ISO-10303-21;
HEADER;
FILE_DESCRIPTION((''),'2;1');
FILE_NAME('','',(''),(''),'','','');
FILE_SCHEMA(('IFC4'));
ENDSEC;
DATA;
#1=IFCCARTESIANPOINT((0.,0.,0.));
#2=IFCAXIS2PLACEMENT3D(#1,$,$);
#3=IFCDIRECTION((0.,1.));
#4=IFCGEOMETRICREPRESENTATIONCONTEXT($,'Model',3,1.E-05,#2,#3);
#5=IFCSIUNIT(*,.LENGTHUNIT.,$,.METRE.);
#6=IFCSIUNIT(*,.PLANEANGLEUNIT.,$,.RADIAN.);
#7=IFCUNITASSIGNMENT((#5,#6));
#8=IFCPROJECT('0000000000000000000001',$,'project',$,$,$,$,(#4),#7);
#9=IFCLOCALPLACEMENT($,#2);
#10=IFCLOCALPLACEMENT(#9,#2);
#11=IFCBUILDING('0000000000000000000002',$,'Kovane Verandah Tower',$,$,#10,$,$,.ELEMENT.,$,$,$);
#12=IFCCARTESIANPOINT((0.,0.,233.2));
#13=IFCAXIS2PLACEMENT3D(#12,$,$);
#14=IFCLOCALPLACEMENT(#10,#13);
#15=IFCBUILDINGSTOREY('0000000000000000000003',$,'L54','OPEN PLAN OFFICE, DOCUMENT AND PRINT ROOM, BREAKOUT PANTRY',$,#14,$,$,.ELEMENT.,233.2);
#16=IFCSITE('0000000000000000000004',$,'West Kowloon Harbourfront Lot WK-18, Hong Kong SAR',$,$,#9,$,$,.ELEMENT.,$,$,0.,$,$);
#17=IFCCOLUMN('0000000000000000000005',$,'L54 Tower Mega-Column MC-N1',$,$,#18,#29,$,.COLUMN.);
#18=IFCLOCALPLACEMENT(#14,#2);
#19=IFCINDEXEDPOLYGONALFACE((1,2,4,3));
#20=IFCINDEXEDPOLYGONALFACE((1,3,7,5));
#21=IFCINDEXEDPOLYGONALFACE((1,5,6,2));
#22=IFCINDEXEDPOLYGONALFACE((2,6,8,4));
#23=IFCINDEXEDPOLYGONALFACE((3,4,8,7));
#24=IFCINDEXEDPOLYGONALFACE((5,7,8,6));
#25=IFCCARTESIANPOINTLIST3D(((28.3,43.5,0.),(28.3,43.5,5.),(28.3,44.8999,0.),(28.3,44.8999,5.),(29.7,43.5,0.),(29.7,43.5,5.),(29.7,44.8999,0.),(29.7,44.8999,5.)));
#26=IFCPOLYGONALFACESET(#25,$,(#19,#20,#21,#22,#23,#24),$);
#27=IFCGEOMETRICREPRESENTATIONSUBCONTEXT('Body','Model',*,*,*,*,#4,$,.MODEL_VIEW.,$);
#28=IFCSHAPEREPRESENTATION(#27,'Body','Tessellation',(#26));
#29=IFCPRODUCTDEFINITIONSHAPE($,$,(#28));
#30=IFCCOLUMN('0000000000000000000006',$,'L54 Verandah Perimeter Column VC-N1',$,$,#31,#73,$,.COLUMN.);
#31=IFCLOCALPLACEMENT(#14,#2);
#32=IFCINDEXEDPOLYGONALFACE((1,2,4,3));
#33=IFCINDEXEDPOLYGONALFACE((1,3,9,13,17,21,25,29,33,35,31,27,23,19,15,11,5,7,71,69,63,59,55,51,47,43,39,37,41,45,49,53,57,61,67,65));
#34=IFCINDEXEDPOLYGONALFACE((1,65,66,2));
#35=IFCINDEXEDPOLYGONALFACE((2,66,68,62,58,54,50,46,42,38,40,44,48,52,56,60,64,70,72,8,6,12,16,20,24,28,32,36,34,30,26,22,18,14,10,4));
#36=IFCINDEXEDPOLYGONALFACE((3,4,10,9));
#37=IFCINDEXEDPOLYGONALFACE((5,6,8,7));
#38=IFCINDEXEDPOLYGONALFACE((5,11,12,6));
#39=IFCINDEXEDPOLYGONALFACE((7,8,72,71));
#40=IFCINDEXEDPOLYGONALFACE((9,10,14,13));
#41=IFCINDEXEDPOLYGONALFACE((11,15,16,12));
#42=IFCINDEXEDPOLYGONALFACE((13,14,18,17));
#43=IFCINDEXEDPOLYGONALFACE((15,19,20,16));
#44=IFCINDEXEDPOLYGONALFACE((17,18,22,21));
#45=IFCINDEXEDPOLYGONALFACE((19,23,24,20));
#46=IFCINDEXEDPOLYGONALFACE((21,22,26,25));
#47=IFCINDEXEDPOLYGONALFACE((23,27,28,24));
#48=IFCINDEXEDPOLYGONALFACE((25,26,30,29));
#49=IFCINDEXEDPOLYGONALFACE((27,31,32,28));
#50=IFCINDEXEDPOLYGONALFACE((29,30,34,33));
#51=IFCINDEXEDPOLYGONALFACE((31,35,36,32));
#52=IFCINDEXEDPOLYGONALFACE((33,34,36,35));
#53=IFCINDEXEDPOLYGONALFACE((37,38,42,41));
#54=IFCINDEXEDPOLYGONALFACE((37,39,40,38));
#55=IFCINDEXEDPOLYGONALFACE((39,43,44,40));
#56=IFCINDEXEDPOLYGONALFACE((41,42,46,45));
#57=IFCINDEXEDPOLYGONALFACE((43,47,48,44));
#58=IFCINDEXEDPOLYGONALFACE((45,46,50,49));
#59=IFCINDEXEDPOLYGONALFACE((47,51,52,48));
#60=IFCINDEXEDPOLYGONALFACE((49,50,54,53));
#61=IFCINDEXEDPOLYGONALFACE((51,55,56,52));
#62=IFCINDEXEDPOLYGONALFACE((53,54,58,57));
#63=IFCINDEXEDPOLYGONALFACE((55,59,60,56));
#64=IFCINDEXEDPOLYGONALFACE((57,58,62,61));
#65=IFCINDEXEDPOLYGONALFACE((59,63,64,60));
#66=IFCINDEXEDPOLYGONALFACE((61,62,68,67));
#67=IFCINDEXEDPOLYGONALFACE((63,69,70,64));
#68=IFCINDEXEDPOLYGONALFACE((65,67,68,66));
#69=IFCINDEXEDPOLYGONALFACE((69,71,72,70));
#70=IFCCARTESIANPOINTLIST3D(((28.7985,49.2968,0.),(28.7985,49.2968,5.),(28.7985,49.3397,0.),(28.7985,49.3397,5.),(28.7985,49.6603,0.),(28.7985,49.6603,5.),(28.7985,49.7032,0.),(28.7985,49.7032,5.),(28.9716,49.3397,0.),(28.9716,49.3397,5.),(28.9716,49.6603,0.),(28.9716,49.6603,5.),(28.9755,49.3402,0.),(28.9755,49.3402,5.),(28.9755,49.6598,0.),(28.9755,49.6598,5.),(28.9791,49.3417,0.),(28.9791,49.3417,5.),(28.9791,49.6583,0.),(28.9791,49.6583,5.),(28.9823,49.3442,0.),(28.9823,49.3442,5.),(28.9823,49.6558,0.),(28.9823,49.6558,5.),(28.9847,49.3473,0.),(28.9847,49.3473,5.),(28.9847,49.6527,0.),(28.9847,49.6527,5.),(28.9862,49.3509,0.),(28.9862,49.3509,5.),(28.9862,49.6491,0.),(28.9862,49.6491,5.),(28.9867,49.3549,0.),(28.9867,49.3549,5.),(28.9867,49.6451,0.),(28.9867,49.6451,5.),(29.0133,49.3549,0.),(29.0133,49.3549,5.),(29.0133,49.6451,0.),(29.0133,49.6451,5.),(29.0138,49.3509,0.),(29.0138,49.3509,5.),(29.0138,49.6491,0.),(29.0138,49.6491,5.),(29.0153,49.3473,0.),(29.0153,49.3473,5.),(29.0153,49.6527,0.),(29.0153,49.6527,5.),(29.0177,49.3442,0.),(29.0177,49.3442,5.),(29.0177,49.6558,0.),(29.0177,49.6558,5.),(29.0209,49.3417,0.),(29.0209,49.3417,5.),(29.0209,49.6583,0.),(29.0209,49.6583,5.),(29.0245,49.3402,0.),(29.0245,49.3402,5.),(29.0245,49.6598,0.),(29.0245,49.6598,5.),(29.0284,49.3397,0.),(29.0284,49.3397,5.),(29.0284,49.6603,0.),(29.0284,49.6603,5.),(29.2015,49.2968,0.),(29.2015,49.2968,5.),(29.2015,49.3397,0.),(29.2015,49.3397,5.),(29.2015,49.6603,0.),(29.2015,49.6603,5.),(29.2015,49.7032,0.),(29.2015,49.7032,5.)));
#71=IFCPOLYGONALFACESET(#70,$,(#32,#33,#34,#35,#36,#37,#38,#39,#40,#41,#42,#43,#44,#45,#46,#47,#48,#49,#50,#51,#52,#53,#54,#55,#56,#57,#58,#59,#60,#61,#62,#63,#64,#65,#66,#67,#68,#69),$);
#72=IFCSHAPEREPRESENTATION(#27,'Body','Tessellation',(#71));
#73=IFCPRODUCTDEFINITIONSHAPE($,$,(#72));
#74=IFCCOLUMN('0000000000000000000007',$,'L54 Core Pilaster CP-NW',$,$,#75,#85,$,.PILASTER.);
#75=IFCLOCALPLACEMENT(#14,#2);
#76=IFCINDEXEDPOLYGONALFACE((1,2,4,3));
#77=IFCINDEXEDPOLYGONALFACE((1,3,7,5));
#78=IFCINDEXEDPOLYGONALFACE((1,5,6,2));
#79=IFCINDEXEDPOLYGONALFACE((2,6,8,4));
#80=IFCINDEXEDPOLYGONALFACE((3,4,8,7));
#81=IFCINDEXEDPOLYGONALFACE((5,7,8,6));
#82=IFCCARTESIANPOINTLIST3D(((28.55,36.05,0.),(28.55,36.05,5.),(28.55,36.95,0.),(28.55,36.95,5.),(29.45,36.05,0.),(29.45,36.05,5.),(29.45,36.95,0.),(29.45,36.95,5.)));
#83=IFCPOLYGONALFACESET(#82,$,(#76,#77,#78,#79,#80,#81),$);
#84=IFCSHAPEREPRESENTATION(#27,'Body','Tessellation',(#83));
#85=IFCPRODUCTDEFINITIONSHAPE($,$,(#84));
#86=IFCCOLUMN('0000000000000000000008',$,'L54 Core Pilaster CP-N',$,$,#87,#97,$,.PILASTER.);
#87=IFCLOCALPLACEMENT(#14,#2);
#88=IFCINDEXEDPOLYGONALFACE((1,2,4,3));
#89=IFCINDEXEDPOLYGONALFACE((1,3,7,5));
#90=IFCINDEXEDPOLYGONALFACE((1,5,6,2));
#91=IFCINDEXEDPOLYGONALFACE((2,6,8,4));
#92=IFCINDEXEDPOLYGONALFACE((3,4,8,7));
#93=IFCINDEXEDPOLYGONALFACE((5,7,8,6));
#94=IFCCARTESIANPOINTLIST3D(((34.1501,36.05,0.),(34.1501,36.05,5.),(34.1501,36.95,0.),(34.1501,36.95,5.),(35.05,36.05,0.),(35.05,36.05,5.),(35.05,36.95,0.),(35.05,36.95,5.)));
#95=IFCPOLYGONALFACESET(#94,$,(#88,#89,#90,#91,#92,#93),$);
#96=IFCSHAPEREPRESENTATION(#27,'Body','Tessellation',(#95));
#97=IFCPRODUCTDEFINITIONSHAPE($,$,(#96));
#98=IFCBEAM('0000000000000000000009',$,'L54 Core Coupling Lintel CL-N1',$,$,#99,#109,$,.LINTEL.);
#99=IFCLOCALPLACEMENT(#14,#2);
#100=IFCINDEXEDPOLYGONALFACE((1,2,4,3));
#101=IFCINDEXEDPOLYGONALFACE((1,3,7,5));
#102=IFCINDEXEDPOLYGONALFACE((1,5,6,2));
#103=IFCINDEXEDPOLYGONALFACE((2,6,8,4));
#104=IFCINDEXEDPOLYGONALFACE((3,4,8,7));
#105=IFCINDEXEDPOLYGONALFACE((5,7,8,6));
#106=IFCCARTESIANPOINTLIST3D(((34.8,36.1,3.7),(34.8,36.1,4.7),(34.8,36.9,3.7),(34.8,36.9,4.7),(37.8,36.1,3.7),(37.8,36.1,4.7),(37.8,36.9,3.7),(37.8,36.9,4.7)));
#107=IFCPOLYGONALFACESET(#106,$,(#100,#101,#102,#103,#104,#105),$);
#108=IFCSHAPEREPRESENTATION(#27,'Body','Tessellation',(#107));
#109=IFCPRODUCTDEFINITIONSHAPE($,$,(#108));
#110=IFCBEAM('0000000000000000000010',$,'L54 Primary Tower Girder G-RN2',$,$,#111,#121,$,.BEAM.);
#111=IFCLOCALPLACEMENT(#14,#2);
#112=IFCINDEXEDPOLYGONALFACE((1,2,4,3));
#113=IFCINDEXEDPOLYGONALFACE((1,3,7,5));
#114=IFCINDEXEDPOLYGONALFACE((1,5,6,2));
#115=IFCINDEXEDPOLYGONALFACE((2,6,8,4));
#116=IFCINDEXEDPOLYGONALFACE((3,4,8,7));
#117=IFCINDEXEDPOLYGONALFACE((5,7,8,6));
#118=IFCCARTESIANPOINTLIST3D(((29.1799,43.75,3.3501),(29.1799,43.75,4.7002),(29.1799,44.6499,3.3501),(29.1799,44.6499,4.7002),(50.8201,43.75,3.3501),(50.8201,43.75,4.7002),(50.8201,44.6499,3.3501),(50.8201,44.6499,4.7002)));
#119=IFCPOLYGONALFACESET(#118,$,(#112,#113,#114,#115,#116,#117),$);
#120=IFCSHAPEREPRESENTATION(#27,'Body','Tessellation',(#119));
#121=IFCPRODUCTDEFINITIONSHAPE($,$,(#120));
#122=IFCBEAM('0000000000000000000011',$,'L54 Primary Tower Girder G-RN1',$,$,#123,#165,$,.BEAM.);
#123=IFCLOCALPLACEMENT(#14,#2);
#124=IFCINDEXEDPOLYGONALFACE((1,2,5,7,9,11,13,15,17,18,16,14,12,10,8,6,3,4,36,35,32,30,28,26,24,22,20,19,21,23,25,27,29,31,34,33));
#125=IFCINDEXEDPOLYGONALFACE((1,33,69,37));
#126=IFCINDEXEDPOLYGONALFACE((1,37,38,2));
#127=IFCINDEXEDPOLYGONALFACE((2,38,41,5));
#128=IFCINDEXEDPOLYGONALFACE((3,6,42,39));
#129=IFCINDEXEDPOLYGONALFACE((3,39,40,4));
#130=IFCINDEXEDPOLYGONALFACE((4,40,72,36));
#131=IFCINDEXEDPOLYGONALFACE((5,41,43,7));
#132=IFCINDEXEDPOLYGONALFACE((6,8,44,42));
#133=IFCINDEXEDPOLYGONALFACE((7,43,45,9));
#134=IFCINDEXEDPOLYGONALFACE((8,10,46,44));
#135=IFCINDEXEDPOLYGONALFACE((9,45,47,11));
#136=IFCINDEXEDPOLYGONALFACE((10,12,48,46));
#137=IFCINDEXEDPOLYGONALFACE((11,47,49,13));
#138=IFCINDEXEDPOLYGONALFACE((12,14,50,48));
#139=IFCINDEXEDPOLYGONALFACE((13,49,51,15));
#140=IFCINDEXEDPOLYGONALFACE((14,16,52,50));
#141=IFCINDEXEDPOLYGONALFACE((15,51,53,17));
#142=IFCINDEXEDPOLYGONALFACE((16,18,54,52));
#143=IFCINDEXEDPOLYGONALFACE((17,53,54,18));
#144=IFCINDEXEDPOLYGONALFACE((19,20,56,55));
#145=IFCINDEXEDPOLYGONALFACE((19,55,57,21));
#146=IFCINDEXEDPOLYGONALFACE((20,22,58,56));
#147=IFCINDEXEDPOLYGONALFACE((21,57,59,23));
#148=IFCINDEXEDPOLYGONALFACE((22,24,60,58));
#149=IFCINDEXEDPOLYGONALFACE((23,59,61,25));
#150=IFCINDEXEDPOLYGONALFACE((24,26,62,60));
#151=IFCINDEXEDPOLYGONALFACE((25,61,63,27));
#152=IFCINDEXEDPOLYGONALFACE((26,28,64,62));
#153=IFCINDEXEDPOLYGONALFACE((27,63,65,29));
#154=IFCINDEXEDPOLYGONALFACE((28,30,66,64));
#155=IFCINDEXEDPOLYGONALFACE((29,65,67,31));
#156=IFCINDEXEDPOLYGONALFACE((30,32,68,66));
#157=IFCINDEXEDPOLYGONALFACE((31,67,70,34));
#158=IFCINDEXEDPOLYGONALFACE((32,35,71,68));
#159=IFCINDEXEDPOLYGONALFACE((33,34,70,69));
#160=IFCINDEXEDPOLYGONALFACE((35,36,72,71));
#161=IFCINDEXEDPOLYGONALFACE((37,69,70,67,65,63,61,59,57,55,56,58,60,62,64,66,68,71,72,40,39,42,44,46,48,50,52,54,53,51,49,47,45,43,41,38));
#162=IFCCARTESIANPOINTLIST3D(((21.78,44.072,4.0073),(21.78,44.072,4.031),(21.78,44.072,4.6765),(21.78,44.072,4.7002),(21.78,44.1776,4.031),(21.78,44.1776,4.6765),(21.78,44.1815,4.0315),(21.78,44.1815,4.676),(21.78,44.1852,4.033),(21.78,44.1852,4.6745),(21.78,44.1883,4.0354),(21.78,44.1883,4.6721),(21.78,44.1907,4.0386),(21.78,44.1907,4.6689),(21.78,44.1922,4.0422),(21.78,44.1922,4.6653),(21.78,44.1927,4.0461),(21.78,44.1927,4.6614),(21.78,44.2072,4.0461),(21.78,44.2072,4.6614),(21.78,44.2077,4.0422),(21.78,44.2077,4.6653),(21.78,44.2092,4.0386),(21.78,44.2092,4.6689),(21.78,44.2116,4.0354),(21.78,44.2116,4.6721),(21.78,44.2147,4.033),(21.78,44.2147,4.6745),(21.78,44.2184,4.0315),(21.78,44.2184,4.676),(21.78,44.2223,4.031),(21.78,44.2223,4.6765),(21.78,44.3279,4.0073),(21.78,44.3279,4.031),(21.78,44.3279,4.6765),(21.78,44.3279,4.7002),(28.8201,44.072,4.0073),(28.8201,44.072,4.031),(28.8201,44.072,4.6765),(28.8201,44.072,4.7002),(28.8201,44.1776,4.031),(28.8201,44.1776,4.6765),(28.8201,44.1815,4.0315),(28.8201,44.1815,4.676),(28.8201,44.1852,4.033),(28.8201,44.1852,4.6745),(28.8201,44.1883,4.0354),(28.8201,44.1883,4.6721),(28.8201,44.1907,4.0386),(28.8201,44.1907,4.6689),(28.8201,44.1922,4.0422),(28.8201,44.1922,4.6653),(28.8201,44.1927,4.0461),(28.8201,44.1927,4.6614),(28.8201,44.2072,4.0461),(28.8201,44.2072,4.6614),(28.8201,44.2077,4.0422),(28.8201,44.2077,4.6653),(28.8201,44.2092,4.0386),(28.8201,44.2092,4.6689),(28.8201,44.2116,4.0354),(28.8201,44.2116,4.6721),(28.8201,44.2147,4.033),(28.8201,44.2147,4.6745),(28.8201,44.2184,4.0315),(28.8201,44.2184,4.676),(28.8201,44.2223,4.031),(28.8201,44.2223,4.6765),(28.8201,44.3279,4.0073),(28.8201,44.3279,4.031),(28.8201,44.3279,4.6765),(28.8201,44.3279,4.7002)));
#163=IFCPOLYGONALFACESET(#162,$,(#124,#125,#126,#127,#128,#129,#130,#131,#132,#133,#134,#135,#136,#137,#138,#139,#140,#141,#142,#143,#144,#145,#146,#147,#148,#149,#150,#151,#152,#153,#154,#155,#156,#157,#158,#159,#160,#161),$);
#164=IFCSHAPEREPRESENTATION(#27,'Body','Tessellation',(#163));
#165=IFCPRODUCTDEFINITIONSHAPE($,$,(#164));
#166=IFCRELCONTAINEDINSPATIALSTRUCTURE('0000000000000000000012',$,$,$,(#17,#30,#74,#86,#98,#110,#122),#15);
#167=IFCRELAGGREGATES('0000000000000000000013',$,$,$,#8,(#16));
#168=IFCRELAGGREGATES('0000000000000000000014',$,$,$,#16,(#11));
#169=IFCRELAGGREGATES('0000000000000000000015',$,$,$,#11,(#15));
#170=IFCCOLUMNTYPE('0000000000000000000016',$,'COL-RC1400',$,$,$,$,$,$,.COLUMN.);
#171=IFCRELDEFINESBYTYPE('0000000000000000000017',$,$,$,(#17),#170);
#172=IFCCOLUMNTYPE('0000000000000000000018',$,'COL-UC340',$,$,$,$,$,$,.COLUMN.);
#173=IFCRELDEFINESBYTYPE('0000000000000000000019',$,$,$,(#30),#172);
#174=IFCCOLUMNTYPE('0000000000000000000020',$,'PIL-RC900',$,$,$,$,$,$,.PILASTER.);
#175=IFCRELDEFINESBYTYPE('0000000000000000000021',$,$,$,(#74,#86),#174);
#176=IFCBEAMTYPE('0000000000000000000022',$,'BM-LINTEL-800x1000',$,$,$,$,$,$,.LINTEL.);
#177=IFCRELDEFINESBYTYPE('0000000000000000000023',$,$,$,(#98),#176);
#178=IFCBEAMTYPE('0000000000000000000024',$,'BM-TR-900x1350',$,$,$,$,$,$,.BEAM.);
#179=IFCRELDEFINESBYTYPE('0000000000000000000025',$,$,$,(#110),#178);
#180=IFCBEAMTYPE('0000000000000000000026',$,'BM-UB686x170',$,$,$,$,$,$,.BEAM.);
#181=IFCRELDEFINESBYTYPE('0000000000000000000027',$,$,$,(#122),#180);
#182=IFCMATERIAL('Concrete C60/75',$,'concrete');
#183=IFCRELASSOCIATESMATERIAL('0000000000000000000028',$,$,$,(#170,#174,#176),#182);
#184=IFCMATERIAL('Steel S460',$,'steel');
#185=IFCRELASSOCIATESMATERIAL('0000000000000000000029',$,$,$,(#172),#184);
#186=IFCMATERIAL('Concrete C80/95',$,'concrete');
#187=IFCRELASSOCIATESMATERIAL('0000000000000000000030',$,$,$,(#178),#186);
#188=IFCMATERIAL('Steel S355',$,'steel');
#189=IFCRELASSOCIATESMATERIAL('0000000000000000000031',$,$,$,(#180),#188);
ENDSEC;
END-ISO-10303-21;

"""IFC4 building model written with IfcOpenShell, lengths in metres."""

from ifc_helpers import new_model, si_unit, direction, frame, origin, origin_2d, place, context, subcontext, project, spatial, rectangle, i_section, extrude, material, material_profile, profile_set, type_object, element, save


model = new_model("IFC4")

# Units and contexts
model_context = context("Model", 3, precision=1e-05, world=origin(), true_north=direction((0.0, 1.0)))
body_context = subcontext(model_context, "Body", "Model", "MODEL_VIEW")
ifc_project = project(units=[si_unit("LENGTHUNIT", "METRE"), si_unit("PLANEANGLEUNIT", "RADIAN")], contexts=[model_context])

# Site, building, storey
site_placement = place(None, origin())
site = spatial("IfcSite", under=ifc_project, at=site_placement, Name="West Kowloon Harbourfront Lot WK-18, Hong Kong SAR", CompositionType="ELEMENT", RefElevation=0.0)
building_placement = place(site_placement, origin())
building = spatial("IfcBuilding", under=site, at=building_placement, Name="Kovane Verandah Tower", CompositionType="ELEMENT")
storey_placement = place(building_placement, frame((0.0, 0.0, 233.2)))
storey = spatial("IfcBuildingStorey", under=building, at=storey_placement, Name="L54", Description="OPEN PLAN OFFICE, DOCUMENT AND PRINT ROOM, BREAKOUT PANTRY", CompositionType="ELEMENT", Elevation=233.2)

# Columns
ifc_material_1 = material(Name="Concrete C60/75", Category="concrete")
ifc_material_profile_1 = material_profile(ifc_material_1, rectangle(XDim=1.3999, YDim=1.3999, at=origin_2d()), Name="RC1400x1400")
ifc_profile_set_1 = profile_set([ifc_material_profile_1], Name="Concrete C60/75")
column_type_1 = type_object("IfcColumnType", Name="COL-RC1400", PredefinedType="COLUMN", material=ifc_profile_set_1)
column_1_placement = place(storey_placement, frame((29.0, 44.2, 0.0), z_axis=(0.0, 0.0, 1.0), x_axis=(1.0, 0.0, 0.0)))
element("IfcColumn", 1, at=column_1_placement, inside=storey, type_object=column_type_1, Name="L54 Tower Mega-Column MC-N1", PredefinedType="COLUMN", context=body_context, shape_type="SweptSolid", body=[
    extrude(rectangle(XDim=1.3999, YDim=1.3999, at=origin_2d()), origin(), (0.0, 0.0, 1.0), 5.0),
])
ifc_material_2 = material(Name="Steel S460", Category="steel")
ifc_material_profile_2 = material_profile(ifc_material_2, i_section(OverallWidth=0.4031, OverallDepth=0.4065, WebThickness=0.0266, FlangeThickness=0.043, FilletRadius=0.0151, at=origin_2d()), Name="UC356x406x340")
ifc_profile_set_2 = profile_set([ifc_material_profile_2], Name="Steel S460")
column_type_2 = type_object("IfcColumnType", Name="COL-UC340", PredefinedType="COLUMN", material=ifc_profile_set_2)
column_2_placement = place(storey_placement, frame((29.0, 49.5, 0.0), z_axis=(0.0, 0.0, 1.0), x_axis=(1.0, 0.0, 0.0)))
element("IfcColumn", 2, at=column_2_placement, inside=storey, type_object=column_type_2, Name="L54 Verandah Perimeter Column VC-N1", PredefinedType="COLUMN", context=body_context, shape_type="SweptSolid", body=[
    extrude(i_section(OverallWidth=0.4031, OverallDepth=0.4065, WebThickness=0.0266, FlangeThickness=0.043, FilletRadius=0.0151, at=origin_2d()), origin(), (0.0, 0.0, 1.0), 5.0),
])
ifc_material_profile_3 = material_profile(ifc_material_1, rectangle(XDim=0.8999, YDim=0.8999, at=origin_2d()), Name="RC900x900")
ifc_profile_set_3 = profile_set([ifc_material_profile_3], Name="Concrete C60/75")
column_type_3 = type_object("IfcColumnType", Name="PIL-RC900", PredefinedType="PILASTER", material=ifc_profile_set_3)
for number, where, z_axis, x_axis, name in (
    (3, (29.0, 36.5, 0.0), (0.0, 0.0, 1.0), (1.0, 0.0, 0.0), "L54 Core Pilaster CP-NW"),
    (4, (34.6001, 36.5, 0.0), (0.0, 0.0, 1.0), (1.0, 0.0, 0.0), "L54 Core Pilaster CP-N"),
):
    element("IfcColumn", number, at=place(storey_placement, frame(where, z_axis=z_axis, x_axis=x_axis)), inside=storey, type_object=column_type_3, Name=name, PredefinedType="PILASTER", context=body_context, shape_type="SweptSolid", body=[
        extrude(rectangle(XDim=0.8999, YDim=0.8999, at=origin_2d()), origin(), (0.0, 0.0, 1.0), 5.0),
    ])

# Beams
ifc_material_profile_4 = material_profile(ifc_material_1, rectangle(XDim=0.8, YDim=1.0, at=origin_2d()), Name="RCB800x1000")
ifc_profile_set_4 = profile_set([ifc_material_profile_4], Name="Concrete C60/75")
beam_type_1 = type_object("IfcBeamType", Name="BM-LINTEL-800x1000", PredefinedType="LINTEL", material=ifc_profile_set_4)
beam_1_placement = place(storey_placement, frame((34.8, 36.5, 4.2), z_axis=(1.0, 0.0, 0.0), x_axis=(0.0, 1.0, 0.0)))
element("IfcBeam", 5, at=beam_1_placement, inside=storey, type_object=beam_type_1, Name="L54 Core Coupling Lintel CL-N1", PredefinedType="LINTEL", context=body_context, shape_type="SweptSolid", body=[
    extrude(rectangle(XDim=0.8, YDim=1.0, at=origin_2d()), origin(), (0.0, 0.0, 1.0), 3.0),
])
ifc_material_3 = material(Name="Concrete C80/95", Category="concrete")
ifc_material_profile_5 = material_profile(ifc_material_3, rectangle(XDim=0.8999, YDim=1.3501, at=origin_2d()), Name="RCB900x1350")
ifc_profile_set_5 = profile_set([ifc_material_profile_5], Name="Concrete C80/95")
beam_type_2 = type_object("IfcBeamType", Name="BM-TR-900x1350", PredefinedType="BEAM", material=ifc_profile_set_5)
beam_2_placement = place(storey_placement, frame((29.1799, 44.2, 4.0251), z_axis=(1.0, 0.0, 0.0), x_axis=(0.0, 1.0, 0.0)))
element("IfcBeam", 6, at=beam_2_placement, inside=storey, type_object=beam_type_2, Name="L54 Primary Tower Girder G-RN2", PredefinedType="BEAM", context=body_context, shape_type="SweptSolid", body=[
    extrude(rectangle(XDim=0.8999, YDim=1.3501, at=origin_2d()), origin(), (0.0, 0.0, 1.0), 21.6401),
])
ifc_material_4 = material(Name="Steel S355", Category="steel")
ifc_material_profile_6 = material_profile(ifc_material_4, i_section(OverallWidth=0.2559, OverallDepth=0.6929, WebThickness=0.0144, FlangeThickness=0.0237, FilletRadius=0.0151, at=origin_2d()), Name="UB686x254x170")
ifc_profile_set_6 = profile_set([ifc_material_profile_6], Name="Steel S355")
beam_type_3 = type_object("IfcBeamType", Name="BM-UB686x170", PredefinedType="BEAM", material=ifc_profile_set_6)
for number, where, z_axis, x_axis, name in (
    (7, (21.78, 44.2, 4.3538), (1.0, 0.0, 0.0), (0.0, 1.0, 0.0), "L54 Primary Tower Girder G-RN1"),
):
    element("IfcBeam", number, at=place(storey_placement, frame(where, z_axis=z_axis, x_axis=x_axis)), inside=storey, type_object=beam_type_3, Name=name, PredefinedType="BEAM", context=body_context, shape_type="SweptSolid", body=[
        extrude(i_section(OverallWidth=0.2559, OverallDepth=0.6929, WebThickness=0.0144, FlangeThickness=0.0237, FilletRadius=0.0151, at=origin_2d()), origin(), (0.0, 0.0, 1.0), 7.04),
    ])

save(model, "model.ifc")
